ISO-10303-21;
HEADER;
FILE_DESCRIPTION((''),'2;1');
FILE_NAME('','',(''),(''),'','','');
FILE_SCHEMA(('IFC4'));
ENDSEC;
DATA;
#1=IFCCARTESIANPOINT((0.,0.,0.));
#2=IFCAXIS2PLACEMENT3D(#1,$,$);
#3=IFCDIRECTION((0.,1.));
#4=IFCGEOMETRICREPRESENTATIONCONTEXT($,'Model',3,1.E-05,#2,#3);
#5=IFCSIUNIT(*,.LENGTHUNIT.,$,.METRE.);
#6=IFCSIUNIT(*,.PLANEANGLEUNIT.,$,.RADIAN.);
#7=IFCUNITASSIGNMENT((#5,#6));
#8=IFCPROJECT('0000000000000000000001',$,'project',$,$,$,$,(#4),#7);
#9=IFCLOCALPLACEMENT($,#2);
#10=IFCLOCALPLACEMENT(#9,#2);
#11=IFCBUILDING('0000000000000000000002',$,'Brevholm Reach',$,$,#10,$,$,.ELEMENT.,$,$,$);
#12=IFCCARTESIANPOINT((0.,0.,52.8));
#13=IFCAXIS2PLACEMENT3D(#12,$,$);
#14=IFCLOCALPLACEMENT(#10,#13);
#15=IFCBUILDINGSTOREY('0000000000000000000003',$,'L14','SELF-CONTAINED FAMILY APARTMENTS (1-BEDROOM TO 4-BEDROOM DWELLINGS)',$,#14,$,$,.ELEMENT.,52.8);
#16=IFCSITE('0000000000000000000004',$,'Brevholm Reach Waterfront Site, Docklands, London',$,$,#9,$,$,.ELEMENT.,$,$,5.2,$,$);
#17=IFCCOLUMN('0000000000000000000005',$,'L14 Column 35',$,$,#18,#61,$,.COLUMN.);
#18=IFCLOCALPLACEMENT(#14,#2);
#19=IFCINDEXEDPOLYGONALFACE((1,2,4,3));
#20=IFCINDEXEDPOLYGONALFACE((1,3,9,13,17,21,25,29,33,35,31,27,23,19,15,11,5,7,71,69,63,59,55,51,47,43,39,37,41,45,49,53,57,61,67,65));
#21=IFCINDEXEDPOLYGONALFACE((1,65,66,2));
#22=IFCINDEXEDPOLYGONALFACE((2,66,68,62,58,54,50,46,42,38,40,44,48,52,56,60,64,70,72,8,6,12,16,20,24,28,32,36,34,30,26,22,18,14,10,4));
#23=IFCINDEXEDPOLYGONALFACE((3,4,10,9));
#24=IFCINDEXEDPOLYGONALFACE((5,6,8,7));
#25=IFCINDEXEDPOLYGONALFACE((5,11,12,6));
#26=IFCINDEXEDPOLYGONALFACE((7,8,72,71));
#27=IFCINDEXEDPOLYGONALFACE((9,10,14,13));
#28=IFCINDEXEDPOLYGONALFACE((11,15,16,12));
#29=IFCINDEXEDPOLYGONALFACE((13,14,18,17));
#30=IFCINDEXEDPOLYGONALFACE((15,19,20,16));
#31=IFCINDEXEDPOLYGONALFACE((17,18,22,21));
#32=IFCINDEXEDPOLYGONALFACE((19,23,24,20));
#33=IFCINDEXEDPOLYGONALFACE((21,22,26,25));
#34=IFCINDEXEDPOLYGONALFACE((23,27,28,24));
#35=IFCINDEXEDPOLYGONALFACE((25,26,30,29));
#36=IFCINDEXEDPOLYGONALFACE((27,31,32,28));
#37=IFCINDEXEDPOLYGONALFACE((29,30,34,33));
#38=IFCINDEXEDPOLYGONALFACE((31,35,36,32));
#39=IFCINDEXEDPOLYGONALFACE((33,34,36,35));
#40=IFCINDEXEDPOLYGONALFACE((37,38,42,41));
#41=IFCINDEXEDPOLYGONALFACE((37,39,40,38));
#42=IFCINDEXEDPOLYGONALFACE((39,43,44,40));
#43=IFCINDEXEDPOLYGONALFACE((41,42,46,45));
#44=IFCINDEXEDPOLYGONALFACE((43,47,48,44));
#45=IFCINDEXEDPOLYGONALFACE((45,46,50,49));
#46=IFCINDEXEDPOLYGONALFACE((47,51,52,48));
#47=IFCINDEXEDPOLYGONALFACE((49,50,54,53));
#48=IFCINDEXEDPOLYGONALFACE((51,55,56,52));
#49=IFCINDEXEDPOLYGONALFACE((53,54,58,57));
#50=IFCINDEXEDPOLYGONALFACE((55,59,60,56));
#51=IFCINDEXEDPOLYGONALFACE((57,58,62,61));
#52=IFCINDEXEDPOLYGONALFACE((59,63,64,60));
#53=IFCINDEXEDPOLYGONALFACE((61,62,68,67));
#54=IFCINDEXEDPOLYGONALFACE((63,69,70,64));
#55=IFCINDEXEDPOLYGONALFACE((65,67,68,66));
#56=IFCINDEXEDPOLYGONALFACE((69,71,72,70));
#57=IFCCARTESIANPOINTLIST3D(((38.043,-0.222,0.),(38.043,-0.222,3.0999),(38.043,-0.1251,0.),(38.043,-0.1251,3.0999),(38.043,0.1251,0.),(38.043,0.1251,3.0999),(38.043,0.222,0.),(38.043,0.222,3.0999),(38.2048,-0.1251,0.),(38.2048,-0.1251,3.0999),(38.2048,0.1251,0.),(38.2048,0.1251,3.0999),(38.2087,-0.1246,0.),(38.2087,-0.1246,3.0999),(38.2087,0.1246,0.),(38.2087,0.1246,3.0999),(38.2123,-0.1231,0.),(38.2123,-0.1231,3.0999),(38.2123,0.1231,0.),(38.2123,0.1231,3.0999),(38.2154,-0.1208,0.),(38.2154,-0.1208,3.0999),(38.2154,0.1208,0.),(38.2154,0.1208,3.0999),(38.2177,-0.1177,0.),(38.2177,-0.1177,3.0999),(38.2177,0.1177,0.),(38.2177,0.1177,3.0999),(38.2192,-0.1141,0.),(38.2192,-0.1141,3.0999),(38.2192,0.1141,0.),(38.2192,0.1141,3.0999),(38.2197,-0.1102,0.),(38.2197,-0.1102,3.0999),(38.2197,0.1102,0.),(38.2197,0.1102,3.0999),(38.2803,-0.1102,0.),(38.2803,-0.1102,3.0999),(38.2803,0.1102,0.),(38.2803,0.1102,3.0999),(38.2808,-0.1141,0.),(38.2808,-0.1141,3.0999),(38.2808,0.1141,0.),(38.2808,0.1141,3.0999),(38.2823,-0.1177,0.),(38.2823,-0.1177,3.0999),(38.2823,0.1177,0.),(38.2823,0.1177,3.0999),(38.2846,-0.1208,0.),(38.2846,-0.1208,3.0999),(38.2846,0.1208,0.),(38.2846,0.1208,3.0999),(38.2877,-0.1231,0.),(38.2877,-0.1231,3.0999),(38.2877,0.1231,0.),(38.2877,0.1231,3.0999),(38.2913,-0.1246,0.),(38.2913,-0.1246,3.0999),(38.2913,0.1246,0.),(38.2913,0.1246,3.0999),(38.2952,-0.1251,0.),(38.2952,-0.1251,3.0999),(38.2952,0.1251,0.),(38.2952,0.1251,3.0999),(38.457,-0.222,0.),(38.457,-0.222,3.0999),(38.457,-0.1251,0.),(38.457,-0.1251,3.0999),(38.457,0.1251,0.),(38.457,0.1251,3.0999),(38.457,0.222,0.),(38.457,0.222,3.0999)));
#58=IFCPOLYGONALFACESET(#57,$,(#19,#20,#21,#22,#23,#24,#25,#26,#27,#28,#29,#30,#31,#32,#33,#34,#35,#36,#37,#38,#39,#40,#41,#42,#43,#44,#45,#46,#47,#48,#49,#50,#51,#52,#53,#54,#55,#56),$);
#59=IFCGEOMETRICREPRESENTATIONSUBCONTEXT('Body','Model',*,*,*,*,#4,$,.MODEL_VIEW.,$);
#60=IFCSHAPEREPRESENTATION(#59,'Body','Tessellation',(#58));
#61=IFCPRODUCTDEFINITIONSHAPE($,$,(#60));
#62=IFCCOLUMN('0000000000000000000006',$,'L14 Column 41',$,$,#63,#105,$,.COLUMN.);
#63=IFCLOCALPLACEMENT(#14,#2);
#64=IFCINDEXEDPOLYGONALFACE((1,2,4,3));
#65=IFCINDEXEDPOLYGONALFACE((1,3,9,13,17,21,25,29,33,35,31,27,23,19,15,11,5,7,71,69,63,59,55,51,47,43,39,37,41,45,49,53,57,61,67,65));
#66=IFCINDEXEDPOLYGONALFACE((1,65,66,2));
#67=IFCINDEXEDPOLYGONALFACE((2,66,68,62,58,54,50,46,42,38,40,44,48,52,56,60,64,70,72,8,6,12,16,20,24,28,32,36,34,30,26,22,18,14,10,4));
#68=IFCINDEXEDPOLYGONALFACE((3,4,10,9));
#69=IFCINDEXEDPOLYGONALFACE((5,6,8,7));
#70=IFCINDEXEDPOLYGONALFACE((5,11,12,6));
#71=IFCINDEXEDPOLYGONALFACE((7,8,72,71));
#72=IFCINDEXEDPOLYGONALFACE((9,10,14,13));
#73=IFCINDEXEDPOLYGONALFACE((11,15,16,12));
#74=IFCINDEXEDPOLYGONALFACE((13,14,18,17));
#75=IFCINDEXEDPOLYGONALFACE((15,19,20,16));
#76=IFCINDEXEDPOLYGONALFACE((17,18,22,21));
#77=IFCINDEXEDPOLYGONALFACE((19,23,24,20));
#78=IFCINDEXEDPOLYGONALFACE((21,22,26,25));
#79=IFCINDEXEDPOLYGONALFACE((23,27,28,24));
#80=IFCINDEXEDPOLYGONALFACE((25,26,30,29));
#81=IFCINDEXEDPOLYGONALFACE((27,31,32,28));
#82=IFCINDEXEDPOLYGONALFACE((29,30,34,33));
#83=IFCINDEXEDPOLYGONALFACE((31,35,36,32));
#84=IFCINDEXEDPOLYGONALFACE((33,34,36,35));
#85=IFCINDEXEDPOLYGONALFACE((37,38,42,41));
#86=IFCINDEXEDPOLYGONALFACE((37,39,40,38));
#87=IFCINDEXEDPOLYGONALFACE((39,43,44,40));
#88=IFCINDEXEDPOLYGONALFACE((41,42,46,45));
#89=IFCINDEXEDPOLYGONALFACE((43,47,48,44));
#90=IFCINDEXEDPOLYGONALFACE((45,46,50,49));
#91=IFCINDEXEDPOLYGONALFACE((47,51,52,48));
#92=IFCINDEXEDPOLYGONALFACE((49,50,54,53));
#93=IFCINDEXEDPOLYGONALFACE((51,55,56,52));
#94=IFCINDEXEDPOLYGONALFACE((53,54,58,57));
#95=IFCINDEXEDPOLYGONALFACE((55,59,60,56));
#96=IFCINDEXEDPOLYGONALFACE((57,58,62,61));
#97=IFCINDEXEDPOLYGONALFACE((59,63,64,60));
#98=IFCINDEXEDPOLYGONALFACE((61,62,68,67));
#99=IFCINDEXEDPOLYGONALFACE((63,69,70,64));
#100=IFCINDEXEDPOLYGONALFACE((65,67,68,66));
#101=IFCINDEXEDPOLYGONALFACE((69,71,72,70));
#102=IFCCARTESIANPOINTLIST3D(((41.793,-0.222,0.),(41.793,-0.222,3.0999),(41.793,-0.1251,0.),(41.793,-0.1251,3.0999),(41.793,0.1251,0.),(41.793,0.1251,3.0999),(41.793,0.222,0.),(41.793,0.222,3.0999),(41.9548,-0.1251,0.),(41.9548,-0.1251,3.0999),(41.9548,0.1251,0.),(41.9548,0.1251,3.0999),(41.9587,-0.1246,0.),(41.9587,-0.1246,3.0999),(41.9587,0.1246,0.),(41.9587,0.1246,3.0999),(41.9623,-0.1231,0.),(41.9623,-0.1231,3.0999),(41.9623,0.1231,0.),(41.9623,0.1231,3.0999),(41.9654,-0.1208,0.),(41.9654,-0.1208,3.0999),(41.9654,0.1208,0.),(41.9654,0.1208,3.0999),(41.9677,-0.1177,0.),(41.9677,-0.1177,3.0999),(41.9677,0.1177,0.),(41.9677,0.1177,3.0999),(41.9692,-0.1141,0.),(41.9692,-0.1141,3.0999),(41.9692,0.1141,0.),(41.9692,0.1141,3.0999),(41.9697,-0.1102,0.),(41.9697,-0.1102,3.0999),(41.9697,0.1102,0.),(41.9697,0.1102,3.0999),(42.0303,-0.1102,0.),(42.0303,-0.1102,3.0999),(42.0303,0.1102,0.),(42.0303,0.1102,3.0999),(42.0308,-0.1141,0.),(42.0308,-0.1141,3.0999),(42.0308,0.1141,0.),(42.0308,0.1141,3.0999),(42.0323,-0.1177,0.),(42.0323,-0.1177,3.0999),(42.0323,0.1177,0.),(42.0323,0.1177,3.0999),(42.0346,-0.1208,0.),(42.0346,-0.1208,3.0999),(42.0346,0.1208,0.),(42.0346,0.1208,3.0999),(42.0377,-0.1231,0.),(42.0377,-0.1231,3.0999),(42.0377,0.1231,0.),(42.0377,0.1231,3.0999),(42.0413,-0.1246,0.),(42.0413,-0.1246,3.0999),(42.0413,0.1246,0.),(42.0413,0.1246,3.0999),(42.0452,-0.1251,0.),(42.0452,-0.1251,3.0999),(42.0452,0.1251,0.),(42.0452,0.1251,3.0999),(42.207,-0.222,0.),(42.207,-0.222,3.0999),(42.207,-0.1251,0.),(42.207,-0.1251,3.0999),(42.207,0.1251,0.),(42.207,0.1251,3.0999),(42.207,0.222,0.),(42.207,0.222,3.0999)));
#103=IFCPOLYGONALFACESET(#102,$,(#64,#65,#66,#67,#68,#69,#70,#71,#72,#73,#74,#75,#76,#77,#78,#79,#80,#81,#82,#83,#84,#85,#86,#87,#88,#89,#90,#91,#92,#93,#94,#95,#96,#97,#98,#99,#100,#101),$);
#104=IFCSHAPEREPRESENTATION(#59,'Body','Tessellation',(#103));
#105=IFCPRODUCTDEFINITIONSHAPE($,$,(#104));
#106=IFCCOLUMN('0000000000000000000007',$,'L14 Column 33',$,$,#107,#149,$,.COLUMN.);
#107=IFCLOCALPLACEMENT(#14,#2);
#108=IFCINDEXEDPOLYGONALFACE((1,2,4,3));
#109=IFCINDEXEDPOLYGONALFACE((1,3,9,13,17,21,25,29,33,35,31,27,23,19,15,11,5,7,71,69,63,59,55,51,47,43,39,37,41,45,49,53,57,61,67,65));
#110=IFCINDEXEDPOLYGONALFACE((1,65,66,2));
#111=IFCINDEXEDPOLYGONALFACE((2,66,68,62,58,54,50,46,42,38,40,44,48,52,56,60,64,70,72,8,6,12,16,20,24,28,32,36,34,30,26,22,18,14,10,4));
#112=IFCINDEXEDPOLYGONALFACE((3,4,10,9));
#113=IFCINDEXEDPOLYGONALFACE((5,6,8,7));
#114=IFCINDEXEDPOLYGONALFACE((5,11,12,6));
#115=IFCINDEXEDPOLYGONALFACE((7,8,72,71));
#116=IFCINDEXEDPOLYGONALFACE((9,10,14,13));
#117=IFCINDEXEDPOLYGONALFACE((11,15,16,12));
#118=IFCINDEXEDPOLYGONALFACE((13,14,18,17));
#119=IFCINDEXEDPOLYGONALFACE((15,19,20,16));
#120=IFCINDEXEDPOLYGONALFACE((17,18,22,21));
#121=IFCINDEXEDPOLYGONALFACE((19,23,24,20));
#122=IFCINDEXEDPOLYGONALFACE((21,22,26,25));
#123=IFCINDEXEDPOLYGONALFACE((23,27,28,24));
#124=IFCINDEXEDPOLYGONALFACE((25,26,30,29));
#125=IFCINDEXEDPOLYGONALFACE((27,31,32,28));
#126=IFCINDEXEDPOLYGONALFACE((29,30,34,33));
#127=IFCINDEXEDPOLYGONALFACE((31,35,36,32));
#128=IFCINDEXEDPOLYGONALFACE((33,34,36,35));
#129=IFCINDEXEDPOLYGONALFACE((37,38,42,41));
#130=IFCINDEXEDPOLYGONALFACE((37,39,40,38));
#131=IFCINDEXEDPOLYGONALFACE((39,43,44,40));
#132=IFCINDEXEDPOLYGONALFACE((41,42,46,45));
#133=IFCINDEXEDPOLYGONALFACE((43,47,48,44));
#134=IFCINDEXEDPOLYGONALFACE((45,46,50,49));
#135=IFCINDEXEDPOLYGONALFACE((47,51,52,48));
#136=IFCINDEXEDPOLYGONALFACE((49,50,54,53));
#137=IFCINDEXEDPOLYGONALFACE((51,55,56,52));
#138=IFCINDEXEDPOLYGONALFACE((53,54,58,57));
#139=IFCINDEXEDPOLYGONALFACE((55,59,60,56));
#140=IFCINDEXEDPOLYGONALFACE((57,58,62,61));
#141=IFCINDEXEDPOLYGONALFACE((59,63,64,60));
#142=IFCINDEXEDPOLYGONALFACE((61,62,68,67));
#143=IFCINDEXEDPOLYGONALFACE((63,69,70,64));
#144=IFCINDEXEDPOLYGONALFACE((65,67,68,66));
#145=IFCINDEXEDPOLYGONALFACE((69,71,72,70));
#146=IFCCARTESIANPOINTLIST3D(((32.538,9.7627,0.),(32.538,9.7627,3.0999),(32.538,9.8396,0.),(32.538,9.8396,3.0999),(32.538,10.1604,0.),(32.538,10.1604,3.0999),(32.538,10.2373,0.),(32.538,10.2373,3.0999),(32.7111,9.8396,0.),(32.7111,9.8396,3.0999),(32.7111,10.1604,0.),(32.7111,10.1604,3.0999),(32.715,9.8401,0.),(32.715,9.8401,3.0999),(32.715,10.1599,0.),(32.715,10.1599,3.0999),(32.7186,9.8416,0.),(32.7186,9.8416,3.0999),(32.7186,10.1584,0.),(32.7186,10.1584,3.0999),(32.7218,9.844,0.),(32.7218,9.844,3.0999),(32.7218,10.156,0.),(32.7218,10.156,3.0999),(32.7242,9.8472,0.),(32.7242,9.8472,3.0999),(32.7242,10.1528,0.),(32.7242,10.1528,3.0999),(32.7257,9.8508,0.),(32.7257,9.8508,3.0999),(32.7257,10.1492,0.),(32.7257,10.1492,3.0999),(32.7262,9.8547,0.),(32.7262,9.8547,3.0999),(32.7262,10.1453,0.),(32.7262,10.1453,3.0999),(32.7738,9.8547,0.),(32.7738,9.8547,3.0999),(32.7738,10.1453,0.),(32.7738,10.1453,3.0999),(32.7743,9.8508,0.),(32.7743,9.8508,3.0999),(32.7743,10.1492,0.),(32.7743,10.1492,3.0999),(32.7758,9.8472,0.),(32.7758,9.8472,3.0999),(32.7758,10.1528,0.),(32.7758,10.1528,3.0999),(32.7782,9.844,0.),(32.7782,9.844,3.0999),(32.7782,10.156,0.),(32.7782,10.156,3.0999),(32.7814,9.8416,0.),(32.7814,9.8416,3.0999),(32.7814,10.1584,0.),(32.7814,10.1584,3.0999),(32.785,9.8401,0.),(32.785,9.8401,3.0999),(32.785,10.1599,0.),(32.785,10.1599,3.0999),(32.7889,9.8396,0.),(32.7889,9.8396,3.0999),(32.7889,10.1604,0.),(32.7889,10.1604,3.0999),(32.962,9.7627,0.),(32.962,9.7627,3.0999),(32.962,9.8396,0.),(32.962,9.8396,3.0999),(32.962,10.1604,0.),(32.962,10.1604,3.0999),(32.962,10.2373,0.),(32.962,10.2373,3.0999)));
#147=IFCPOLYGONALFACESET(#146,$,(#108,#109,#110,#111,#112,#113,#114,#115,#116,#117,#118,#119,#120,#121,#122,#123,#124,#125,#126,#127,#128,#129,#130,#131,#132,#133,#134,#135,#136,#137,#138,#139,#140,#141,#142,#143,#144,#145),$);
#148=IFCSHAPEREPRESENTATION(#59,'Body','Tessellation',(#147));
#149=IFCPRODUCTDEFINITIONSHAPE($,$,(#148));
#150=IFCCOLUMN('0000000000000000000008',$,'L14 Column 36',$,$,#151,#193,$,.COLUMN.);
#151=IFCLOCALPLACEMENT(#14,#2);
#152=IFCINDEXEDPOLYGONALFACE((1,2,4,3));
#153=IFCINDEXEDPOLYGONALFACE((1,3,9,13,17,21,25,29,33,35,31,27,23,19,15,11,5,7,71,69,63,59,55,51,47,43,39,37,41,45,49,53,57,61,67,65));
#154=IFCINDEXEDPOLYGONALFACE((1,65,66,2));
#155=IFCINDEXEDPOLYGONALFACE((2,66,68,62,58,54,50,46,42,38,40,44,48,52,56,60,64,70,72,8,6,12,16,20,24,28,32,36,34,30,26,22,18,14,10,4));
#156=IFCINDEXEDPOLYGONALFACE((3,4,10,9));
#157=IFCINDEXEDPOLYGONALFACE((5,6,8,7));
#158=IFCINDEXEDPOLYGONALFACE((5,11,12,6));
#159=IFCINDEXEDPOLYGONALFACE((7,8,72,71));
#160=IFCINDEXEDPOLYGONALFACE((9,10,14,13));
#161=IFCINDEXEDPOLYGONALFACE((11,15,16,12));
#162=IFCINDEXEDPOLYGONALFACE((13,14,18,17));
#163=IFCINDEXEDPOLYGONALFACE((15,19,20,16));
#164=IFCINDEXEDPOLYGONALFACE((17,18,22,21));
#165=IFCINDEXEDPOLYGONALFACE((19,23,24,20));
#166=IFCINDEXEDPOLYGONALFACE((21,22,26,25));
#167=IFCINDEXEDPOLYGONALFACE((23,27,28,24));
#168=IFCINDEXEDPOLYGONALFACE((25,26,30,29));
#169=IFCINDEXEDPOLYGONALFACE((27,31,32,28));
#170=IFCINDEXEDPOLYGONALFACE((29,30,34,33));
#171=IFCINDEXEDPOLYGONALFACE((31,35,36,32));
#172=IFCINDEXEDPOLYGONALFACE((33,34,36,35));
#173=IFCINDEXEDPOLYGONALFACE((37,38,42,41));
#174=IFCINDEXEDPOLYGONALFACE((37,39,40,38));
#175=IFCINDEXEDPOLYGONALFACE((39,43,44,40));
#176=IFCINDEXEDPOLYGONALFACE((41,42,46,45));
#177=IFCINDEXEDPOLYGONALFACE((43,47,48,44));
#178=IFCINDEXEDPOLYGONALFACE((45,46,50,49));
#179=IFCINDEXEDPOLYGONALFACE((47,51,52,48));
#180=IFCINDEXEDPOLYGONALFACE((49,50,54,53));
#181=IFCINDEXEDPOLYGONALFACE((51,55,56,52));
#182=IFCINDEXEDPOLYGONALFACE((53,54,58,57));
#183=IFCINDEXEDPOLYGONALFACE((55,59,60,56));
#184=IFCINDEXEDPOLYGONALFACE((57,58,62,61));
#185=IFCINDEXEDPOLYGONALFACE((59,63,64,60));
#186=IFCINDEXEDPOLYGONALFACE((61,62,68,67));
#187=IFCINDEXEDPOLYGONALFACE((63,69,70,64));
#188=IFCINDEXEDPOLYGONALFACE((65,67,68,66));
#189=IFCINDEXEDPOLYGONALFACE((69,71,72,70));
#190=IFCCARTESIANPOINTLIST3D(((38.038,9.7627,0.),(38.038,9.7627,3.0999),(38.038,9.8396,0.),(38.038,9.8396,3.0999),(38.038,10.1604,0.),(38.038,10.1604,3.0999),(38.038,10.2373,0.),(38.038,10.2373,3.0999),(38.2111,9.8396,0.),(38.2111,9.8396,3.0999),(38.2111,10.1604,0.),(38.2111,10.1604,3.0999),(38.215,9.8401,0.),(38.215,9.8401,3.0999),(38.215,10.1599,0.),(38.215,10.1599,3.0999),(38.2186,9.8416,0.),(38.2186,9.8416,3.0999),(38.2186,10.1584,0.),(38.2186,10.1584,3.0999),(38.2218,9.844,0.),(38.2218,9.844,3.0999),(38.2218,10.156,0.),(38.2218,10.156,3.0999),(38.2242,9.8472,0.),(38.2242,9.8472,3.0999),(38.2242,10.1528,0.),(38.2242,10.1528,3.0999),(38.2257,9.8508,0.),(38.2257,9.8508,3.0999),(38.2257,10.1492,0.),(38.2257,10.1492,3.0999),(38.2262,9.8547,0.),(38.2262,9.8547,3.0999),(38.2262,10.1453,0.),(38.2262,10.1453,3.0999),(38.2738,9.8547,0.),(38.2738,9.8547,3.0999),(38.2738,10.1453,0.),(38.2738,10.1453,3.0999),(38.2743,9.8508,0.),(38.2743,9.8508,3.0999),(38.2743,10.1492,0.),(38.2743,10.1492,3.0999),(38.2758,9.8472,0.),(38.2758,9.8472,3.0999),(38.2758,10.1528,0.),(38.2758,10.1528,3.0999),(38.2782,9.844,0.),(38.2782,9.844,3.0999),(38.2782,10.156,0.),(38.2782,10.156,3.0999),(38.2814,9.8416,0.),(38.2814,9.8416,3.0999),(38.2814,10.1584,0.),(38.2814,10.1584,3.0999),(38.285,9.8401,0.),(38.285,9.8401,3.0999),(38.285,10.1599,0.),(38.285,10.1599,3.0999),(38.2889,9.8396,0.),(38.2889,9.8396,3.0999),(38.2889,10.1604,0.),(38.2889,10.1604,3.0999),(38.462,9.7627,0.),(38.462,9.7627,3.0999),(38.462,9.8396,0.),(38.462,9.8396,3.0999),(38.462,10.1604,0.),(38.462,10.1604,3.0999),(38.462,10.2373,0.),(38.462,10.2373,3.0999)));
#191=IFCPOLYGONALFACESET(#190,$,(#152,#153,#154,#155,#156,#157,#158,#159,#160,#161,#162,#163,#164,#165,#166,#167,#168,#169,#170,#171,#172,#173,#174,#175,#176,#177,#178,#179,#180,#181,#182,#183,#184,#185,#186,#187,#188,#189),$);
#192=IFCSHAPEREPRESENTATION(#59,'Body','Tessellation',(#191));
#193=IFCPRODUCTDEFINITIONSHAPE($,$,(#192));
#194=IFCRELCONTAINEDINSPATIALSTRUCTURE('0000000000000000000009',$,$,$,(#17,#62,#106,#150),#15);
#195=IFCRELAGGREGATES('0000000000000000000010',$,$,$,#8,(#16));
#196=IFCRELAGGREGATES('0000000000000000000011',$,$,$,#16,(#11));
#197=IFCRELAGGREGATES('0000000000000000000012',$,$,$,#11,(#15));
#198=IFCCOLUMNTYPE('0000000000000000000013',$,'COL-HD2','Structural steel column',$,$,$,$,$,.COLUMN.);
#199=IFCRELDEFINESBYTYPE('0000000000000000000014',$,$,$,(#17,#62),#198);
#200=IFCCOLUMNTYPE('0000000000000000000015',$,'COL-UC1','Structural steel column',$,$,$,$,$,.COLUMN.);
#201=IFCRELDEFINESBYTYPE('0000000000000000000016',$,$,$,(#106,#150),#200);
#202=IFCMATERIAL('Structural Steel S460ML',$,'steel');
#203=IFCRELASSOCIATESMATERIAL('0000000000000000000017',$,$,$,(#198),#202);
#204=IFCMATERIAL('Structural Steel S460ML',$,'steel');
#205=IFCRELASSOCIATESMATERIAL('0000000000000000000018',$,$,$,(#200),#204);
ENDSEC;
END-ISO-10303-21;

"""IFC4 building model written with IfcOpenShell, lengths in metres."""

from ifc_helpers import new_model, si_unit, direction, frame, origin, origin_2d, place, context, subcontext, project, spatial, i_section, extrude, material, material_profile, profile_set, type_object, element, save


model = new_model("IFC4")

# Units and contexts
model_context = context("Model", 3, precision=1e-05, world=origin(), true_north=direction((0.0, 1.0)))
body_context = subcontext(model_context, "Body", "Model", "MODEL_VIEW")
ifc_project = project(units=[si_unit("LENGTHUNIT", "METRE"), si_unit("PLANEANGLEUNIT", "RADIAN")], contexts=[model_context])

# Site, building, storey
site_placement = place(None, origin())
site = spatial("IfcSite", under=ifc_project, at=site_placement, Name="Brevholm Reach Waterfront Site, Docklands, London", CompositionType="ELEMENT", RefElevation=5.2)
building_placement = place(site_placement, origin())
building = spatial("IfcBuilding", under=site, at=building_placement, Name="Brevholm Reach", CompositionType="ELEMENT")
storey_placement = place(building_placement, frame((0.0, 0.0, 52.8)))
storey = spatial("IfcBuildingStorey", under=building, at=storey_placement, Name="L14", Description="SELF-CONTAINED FAMILY APARTMENTS (1-BEDROOM TO 4-BEDROOM DWELLINGS)", CompositionType="ELEMENT", Elevation=52.8)

# Columns
ifc_material_1 = material(Name="Structural Steel S460ML", Category="steel")
ifc_material_profile_1 = material_profile(ifc_material_1, i_section(OverallWidth=0.4141, OverallDepth=0.4441, WebThickness=0.0605, FlangeThickness=0.0969, FilletRadius=0.0149, at=origin_2d()), Name="HD 400x818")
ifc_profile_set_1 = profile_set([ifc_material_profile_1], Name="Structural Steel S460ML")
column_type_1 = type_object("IfcColumnType", Name="COL-HD2", Description="Structural steel column", PredefinedType="COLUMN", material=ifc_profile_set_1)
for number, where, z_axis, x_axis, name in (
    (1, (38.25, 0.0, 0.0), (0.0, 0.0, 1.0), (1.0, 0.0, 0.0), "L14 Column 35"),
    (2, (42.0, 0.0, 0.0), (0.0, 0.0, 1.0), (1.0, 0.0, 0.0), "L14 Column 41"),
):
    element("IfcColumn", number, at=place(storey_placement, frame(where, z_axis=z_axis, x_axis=x_axis)), inside=storey, type_object=column_type_1, Name=name, PredefinedType="COLUMN", context=body_context, shape_type="SweptSolid", body=[
        extrude(i_section(OverallWidth=0.4141, OverallDepth=0.4441, WebThickness=0.0605, FlangeThickness=0.0969, FilletRadius=0.0149, at=origin_2d()), origin(), (0.0, 0.0, 1.0), 3.0999),
    ])
ifc_material_2 = material(Name="Structural Steel S460ML", Category="steel")
ifc_material_profile_2 = material_profile(ifc_material_2, i_section(OverallWidth=0.4241, OverallDepth=0.4746, WebThickness=0.0476, FlangeThickness=0.0769, FilletRadius=0.0151, at=origin_2d()), Name="UKC 356x406x634")
ifc_profile_set_2 = profile_set([ifc_material_profile_2], Name="Structural Steel S460ML")
column_type_2 = type_object("IfcColumnType", Name="COL-UC1", Description="Structural steel column", PredefinedType="COLUMN", material=ifc_profile_set_2)
for number, where, z_axis, x_axis, name in (
    (3, (32.75, 10.0, 0.0), (0.0, 0.0, 1.0), (1.0, 0.0, 0.0), "L14 Column 33"),
    (4, (38.25, 10.0, 0.0), (0.0, 0.0, 1.0), (1.0, 0.0, 0.0), "L14 Column 36"),
):
    element("IfcColumn", number, at=place(storey_placement, frame(where, z_axis=z_axis, x_axis=x_axis)), inside=storey, type_object=column_type_2, Name=name, PredefinedType="COLUMN", context=body_context, shape_type="SweptSolid", body=[
        extrude(i_section(OverallWidth=0.4241, OverallDepth=0.4746, WebThickness=0.0476, FlangeThickness=0.0769, FilletRadius=0.0151, at=origin_2d()), origin(), (0.0, 0.0, 1.0), 3.0999),
    ])

save(model, "model.ifc")
